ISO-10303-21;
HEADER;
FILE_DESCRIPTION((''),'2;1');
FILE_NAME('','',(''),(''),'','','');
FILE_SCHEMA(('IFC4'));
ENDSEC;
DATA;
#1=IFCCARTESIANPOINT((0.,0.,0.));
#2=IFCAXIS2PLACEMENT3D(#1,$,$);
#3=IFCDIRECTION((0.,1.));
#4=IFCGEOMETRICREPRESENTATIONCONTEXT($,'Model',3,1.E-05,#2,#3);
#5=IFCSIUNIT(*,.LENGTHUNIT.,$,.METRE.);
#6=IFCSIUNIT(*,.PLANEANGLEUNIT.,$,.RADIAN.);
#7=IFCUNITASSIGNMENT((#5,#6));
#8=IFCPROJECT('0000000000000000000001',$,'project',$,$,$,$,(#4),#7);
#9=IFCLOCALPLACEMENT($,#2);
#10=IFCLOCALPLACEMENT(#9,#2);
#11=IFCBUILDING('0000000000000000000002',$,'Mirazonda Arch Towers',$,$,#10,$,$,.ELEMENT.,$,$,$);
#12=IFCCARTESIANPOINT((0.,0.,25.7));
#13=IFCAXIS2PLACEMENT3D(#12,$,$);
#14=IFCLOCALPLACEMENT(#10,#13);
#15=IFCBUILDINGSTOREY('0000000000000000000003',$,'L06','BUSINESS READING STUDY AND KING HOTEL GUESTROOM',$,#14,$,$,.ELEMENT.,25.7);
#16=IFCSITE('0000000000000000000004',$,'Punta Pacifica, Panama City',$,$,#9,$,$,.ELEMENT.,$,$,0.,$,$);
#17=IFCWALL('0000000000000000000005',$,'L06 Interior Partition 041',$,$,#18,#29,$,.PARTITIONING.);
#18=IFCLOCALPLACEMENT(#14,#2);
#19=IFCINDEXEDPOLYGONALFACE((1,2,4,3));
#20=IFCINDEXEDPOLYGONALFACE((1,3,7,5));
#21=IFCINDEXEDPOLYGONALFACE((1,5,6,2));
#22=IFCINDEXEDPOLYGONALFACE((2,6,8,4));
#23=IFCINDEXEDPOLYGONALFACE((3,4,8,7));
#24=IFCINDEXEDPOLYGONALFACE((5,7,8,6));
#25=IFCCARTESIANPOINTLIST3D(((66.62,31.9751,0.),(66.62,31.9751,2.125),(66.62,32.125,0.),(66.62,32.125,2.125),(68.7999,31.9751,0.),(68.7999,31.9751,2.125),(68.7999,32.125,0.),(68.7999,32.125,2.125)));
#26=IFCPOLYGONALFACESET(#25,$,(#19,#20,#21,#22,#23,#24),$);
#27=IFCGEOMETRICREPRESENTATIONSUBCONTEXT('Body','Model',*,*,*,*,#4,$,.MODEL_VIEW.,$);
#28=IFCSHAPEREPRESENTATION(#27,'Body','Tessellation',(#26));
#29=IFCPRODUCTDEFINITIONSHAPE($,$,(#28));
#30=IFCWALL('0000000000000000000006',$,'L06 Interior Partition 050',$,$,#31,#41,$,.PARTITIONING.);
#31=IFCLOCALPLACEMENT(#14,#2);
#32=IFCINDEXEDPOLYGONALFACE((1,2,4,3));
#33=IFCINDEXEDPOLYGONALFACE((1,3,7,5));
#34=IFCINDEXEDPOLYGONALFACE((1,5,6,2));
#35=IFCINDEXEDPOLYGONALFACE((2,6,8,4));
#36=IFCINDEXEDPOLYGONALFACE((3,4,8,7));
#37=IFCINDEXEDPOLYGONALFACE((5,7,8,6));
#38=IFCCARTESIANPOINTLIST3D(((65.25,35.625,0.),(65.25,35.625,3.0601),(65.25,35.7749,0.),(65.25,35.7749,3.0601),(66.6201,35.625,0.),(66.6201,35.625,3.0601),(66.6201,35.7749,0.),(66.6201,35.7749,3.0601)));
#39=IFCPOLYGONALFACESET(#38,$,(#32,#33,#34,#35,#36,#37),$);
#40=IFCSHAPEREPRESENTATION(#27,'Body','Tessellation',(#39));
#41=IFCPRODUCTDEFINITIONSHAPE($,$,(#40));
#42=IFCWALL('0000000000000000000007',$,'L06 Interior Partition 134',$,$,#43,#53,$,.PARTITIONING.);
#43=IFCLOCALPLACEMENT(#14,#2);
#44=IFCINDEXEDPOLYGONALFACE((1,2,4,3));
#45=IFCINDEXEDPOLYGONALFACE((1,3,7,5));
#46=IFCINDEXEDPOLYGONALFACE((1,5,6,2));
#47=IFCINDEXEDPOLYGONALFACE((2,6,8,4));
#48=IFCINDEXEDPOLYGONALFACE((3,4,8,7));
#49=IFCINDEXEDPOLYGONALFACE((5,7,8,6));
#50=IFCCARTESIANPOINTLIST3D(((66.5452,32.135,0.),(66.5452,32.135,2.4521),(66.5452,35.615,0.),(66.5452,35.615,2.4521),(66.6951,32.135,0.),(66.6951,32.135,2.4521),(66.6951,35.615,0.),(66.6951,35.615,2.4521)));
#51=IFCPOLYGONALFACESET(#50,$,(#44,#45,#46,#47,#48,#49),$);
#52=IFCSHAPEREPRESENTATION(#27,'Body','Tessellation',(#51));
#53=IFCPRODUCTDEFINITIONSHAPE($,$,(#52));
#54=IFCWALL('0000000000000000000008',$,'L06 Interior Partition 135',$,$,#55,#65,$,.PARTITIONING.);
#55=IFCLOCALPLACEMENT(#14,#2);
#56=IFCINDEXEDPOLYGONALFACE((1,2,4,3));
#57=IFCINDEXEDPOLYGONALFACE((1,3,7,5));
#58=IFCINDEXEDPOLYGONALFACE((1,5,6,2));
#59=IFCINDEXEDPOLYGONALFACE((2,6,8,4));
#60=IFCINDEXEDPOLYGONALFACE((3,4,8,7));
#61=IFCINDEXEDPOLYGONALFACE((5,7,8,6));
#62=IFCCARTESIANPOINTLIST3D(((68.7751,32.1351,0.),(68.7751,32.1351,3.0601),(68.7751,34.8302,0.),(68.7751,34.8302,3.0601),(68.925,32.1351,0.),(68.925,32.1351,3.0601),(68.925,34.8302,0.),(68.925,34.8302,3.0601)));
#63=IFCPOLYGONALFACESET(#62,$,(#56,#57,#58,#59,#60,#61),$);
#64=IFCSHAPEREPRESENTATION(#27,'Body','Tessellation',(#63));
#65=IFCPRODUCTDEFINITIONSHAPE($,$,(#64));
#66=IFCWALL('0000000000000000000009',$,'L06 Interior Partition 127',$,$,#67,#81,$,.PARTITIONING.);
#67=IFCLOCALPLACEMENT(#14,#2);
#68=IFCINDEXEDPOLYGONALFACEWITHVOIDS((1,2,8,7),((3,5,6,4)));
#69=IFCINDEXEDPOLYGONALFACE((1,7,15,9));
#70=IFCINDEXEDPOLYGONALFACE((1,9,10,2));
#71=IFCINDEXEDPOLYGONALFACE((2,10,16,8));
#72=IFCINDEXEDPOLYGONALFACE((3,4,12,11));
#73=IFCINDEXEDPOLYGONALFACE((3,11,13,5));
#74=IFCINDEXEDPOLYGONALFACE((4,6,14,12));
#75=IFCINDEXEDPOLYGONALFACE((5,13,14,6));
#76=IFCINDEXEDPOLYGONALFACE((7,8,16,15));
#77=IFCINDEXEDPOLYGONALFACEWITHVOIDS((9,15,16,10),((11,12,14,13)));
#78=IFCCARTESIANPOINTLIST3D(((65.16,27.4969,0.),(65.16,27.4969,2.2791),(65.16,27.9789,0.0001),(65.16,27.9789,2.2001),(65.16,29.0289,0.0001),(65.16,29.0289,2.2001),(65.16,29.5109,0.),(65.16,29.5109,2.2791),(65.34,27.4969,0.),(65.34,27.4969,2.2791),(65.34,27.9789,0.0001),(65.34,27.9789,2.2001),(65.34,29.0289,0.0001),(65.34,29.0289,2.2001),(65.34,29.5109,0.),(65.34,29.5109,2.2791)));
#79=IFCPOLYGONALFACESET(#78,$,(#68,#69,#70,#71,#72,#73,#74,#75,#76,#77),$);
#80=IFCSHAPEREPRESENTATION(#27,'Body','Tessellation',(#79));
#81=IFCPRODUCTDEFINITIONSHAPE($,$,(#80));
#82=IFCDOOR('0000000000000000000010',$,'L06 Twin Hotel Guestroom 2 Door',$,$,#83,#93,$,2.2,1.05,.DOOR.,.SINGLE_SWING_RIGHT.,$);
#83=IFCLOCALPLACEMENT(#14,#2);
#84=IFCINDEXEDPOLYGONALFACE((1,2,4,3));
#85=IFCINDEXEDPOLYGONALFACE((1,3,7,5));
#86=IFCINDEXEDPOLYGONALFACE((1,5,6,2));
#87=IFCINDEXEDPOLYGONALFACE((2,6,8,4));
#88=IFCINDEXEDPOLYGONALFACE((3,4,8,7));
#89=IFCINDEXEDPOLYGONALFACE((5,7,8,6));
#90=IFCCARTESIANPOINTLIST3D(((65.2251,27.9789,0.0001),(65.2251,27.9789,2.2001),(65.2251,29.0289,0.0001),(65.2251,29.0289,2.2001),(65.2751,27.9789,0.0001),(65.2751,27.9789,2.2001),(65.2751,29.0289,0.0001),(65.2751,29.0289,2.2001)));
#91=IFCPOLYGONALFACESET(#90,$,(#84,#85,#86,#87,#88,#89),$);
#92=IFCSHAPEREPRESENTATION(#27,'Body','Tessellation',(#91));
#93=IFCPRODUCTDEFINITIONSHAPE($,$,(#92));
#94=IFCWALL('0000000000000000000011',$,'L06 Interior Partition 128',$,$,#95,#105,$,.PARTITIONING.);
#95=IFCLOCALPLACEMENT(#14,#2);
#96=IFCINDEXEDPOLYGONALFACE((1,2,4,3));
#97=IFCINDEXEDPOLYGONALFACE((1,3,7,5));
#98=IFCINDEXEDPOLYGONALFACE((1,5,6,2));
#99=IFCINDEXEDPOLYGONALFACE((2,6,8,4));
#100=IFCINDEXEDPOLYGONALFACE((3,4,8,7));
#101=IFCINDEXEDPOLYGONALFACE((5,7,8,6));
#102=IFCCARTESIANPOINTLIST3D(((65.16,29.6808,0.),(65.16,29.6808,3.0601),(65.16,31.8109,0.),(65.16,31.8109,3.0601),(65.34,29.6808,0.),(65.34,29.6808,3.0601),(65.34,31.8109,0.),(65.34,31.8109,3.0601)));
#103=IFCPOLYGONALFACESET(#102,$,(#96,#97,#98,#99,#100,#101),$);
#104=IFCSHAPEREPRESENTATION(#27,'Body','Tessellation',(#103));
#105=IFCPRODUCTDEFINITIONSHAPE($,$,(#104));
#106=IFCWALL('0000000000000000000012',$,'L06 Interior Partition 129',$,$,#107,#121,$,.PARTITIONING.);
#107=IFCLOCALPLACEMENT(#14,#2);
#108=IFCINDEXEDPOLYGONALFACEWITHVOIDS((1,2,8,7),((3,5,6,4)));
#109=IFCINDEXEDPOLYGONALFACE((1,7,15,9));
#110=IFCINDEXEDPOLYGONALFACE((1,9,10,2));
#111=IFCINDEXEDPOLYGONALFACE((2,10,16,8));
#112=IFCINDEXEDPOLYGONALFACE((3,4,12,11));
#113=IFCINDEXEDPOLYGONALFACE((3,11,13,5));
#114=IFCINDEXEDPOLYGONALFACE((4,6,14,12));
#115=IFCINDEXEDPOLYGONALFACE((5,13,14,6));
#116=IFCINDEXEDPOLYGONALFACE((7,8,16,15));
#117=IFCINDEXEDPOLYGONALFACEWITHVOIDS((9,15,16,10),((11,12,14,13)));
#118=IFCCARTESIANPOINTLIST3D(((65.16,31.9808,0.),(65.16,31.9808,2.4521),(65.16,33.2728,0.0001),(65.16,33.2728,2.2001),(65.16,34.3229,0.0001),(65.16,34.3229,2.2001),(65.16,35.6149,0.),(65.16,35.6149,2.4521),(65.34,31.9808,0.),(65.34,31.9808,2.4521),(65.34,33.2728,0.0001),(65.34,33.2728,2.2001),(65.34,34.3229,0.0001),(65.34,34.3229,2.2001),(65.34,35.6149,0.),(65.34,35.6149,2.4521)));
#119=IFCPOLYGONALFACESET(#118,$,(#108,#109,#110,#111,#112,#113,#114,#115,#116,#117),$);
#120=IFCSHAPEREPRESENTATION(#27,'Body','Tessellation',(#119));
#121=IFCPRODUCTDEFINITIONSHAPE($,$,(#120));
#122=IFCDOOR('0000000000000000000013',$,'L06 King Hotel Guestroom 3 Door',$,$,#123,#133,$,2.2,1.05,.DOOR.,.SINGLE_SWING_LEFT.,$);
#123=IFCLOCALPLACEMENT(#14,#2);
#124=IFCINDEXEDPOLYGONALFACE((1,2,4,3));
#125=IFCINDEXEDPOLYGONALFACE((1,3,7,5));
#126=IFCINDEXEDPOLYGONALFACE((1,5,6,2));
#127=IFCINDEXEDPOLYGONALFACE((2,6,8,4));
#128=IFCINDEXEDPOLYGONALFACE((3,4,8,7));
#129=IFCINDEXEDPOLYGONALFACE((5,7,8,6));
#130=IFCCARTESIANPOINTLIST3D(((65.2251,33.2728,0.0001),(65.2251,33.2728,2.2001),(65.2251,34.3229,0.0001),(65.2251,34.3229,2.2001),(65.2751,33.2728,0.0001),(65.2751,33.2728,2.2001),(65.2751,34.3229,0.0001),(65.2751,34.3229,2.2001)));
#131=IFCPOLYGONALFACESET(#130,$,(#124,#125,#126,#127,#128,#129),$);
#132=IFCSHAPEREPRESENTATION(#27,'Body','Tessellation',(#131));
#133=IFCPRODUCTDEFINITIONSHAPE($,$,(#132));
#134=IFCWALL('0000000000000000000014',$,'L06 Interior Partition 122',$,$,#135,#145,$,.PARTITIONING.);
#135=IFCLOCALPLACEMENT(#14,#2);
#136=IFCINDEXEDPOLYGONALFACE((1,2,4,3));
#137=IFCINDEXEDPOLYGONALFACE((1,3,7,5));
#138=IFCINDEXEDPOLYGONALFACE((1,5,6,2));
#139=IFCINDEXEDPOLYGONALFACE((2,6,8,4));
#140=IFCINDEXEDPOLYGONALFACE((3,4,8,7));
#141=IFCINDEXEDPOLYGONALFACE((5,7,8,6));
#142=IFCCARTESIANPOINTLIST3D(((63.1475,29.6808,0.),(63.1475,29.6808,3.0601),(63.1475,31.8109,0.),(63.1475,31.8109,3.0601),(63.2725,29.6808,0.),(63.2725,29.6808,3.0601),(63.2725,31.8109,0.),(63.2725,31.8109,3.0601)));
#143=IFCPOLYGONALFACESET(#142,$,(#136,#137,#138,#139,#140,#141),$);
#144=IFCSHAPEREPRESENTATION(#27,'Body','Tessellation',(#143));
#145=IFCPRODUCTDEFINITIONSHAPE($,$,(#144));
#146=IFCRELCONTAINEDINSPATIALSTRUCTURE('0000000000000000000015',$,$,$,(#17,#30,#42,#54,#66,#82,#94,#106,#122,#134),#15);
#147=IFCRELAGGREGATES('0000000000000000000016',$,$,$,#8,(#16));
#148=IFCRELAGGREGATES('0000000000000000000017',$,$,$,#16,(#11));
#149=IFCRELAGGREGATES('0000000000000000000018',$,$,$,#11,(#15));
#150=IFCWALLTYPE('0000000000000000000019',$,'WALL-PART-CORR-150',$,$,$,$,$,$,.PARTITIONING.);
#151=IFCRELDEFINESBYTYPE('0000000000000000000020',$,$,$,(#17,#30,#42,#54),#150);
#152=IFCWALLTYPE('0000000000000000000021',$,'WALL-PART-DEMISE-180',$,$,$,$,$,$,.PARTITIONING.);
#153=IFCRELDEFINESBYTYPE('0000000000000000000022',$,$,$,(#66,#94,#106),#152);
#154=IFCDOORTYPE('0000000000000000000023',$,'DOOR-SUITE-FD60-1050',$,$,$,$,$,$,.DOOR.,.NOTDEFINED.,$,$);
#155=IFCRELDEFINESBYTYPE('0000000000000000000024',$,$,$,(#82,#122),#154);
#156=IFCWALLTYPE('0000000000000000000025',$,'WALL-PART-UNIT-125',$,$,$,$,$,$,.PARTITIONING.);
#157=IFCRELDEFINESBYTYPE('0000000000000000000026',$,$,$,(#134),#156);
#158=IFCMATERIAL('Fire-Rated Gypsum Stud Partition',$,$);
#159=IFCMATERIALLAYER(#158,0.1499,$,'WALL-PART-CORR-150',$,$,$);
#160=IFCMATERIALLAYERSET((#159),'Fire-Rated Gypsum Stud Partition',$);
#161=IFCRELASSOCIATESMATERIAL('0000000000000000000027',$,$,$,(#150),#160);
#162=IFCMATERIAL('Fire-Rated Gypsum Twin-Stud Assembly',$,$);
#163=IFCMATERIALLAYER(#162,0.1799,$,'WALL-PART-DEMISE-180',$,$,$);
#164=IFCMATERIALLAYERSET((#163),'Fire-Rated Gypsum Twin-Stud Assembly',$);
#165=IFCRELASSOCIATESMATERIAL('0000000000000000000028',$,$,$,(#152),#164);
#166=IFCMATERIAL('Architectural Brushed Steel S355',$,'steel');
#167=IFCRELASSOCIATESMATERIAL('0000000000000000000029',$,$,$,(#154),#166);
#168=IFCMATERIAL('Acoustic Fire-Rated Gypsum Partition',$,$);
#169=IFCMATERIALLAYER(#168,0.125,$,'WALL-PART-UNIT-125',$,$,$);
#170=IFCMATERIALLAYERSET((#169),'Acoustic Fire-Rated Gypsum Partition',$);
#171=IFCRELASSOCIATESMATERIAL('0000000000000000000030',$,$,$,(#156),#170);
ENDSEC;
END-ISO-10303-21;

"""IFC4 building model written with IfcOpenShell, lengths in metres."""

from ifc_helpers import new_model, si_unit, direction, frame, frame_2d, origin, place, context, subcontext, project, spatial, rectangle, extrude, material, layer, layer_set, type_object, element, fill, save


model = new_model("IFC4")

# Units and contexts
model_context = context("Model", 3, precision=1e-05, world=origin(), true_north=direction((0.0, 1.0)))
body_context = subcontext(model_context, "Body", "Model", "MODEL_VIEW")
ifc_project = project(units=[si_unit("LENGTHUNIT", "METRE"), si_unit("PLANEANGLEUNIT", "RADIAN")], contexts=[model_context])

# Site, building, storey
site_placement = place(None, origin())
site = spatial("IfcSite", under=ifc_project, at=site_placement, Name="Punta Pacifica, Panama City", CompositionType="ELEMENT", RefElevation=0.0)
building_placement = place(site_placement, origin())
building = spatial("IfcBuilding", under=site, at=building_placement, Name="Mirazonda Arch Towers", CompositionType="ELEMENT")
storey_placement = place(building_placement, frame((0.0, 0.0, 25.7)))
storey = spatial("IfcBuildingStorey", under=building, at=storey_placement, Name="L06", Description="BUSINESS READING STUDY AND KING HOTEL GUESTROOM", CompositionType="ELEMENT", Elevation=25.7)

# Shared definitions
ifc_material_1 = material(Name="Architectural Brushed Steel S355", Category="steel")
ifc_material_2 = material(Name="Fire-Rated Gypsum Stud Partition")
ifc_layer_1 = layer(ifc_material_2, 0.1499, Name="WALL-PART-CORR-150")
ifc_layer_set_1 = layer_set([ifc_layer_1], Name="Fire-Rated Gypsum Stud Partition")
wall_type_1 = type_object("IfcWallType", Name="WALL-PART-CORR-150", PredefinedType="PARTITIONING", material=ifc_layer_set_1)

# Walls
wall_1_placement = place(storey_placement, frame((66.6201, 32.05, 0.0), z_axis=(0.0, 0.0, 1.0), x_axis=(1.0, 0.0, 0.0)))
element("IfcWall", 1, at=wall_1_placement, inside=storey, type_object=wall_type_1, Name="L06 Interior Partition 041", PredefinedType="PARTITIONING", context=body_context, shape_type="SweptSolid", body=[
    extrude(rectangle(XDim=2.1799, YDim=0.1499, at=frame_2d((1.0898, 0.0))), origin(), (0.0, 0.0, 1.0), 2.125),
])
wall_2_placement = place(storey_placement, frame((65.25, 35.7, 0.0), z_axis=(0.0, 0.0, 1.0), x_axis=(1.0, 0.0, 0.0)))
element("IfcWall", 2, at=wall_2_placement, inside=storey, type_object=wall_type_1, Name="L06 Interior Partition 050", PredefinedType="PARTITIONING", context=body_context, shape_type="SweptSolid", body=[
    extrude(rectangle(XDim=1.3701, YDim=0.1499, at=frame_2d((0.6851, 0.0))), origin(), (0.0, 0.0, 1.0), 3.0601),
])
wall_3_placement = place(storey_placement, frame((66.6201, 32.135, 0.0), z_axis=(0.0, 0.0, 1.0), x_axis=(0.0, 1.0, 0.0)))
element("IfcWall", 3, at=wall_3_placement, inside=storey, type_object=wall_type_1, Name="L06 Interior Partition 134", PredefinedType="PARTITIONING", context=body_context, shape_type="SweptSolid", body=[
    extrude(rectangle(XDim=3.48, YDim=0.1499, at=frame_2d((1.74, 0.0))), origin(), (0.0, 0.0, 1.0), 2.4521),
])
wall_4_placement = place(storey_placement, frame((68.8501, 32.135, 0.0), z_axis=(0.0, 0.0, 1.0), x_axis=(0.0, 1.0, 0.0)))
element("IfcWall", 4, at=wall_4_placement, inside=storey, type_object=wall_type_1, Name="L06 Interior Partition 135", PredefinedType="PARTITIONING", context=body_context, shape_type="SweptSolid", body=[
    extrude(rectangle(XDim=2.6951, YDim=0.1499, at=frame_2d((1.3477, 0.0))), origin(), (0.0, 0.0, 1.0), 3.0601),
])

# Wall, opening, door
ifc_material_3 = material(Name="Fire-Rated Gypsum Twin-Stud Assembly")
ifc_layer_2 = layer(ifc_material_3, 0.1799, Name="WALL-PART-DEMISE-180")
ifc_layer_set_2 = layer_set([ifc_layer_2], Name="Fire-Rated Gypsum Twin-Stud Assembly")
wall_type_2 = type_object("IfcWallType", Name="WALL-PART-DEMISE-180", PredefinedType="PARTITIONING", material=ifc_layer_set_2)
wall_5_placement = place(storey_placement, frame((65.25, 27.4971, 0.0), z_axis=(0.0, 0.0, 1.0), x_axis=(0.0, 1.0, 0.0)))
wall_5 = element("IfcWall", 5, at=wall_5_placement, inside=storey, type_object=wall_type_2, Name="L06 Interior Partition 127", PredefinedType="PARTITIONING", context=body_context, shape_type="SweptSolid", body=[
    extrude(rectangle(XDim=2.0139, YDim=0.1799, at=frame_2d((1.0068, 0.0))), origin(), (0.0, 0.0, 1.0), 2.2791),
])
opening_1_placement = place(wall_5_placement, frame((0.4819, 0.0, 0.0)))
opening_1 = element("IfcOpeningElement", 6, at=opening_1_placement, cuts=wall_5, PredefinedType="OPENING", context=body_context, shape_type="SweptSolid", body=[
    extrude(rectangle(XDim=1.05, YDim=2.2, at=frame_2d((0.5249, 1.1001))), frame((0.0, 0.0999, 0.0), z_axis=(0.0, -1.0, 0.0), x_axis=(1.0, 0.0, 0.0)), (0.0, 0.0, 1.0), 0.2),
])
door_type_1 = type_object("IfcDoorType", Name="DOOR-SUITE-FD60-1050", OperationType="NOTDEFINED", PredefinedType="DOOR", material=ifc_material_1)
door_1_placement = place(opening_1_placement, origin())
door_1 = element("IfcDoor", 7, at=door_1_placement, inside=storey, type_object=door_type_1, Name="L06 Twin Hotel Guestroom 2 Door", OperationType="SINGLE_SWING_RIGHT", OverallHeight=2.2, OverallWidth=1.05, PredefinedType="DOOR", context=body_context, shape_type="SweptSolid", body=[
    extrude(rectangle(XDim=1.05, YDim=2.2, at=frame_2d((0.5249, 1.1001))), frame((0.0, 0.0249, 0.0), z_axis=(0.0, -1.0, 0.0), x_axis=(1.0, 0.0, 0.0)), (0.0, 0.0, 1.0), 0.05),
])
fill(opening_1, door_1)

# Wall
wall_6_placement = place(storey_placement, frame((65.25, 29.6809, 0.0), z_axis=(0.0, 0.0, 1.0), x_axis=(0.0, 1.0, 0.0)))
element("IfcWall", 8, at=wall_6_placement, inside=storey, type_object=wall_type_2, Name="L06 Interior Partition 128", PredefinedType="PARTITIONING", context=body_context, shape_type="SweptSolid", body=[
    extrude(rectangle(XDim=2.1301, YDim=0.1799, at=frame_2d((1.0649, 0.0))), origin(), (0.0, 0.0, 1.0), 3.0601),
])

# Wall, opening, door
wall_7_placement = place(storey_placement, frame((65.25, 31.981, 0.0), z_axis=(0.0, 0.0, 1.0), x_axis=(0.0, 1.0, 0.0)))
wall_7 = element("IfcWall", 9, at=wall_7_placement, inside=storey, type_object=wall_type_2, Name="L06 Interior Partition 129", PredefinedType="PARTITIONING", context=body_context, shape_type="SweptSolid", body=[
    extrude(rectangle(XDim=3.634, YDim=0.1799, at=frame_2d((1.8169, 0.0))), origin(), (0.0, 0.0, 1.0), 2.4521),
])
opening_2_placement = place(wall_7_placement, frame((1.292, 0.0, 0.0)))
opening_2 = element("IfcOpeningElement", 10, at=opening_2_placement, cuts=wall_7, PredefinedType="OPENING", context=body_context, shape_type="SweptSolid", body=[
    extrude(rectangle(XDim=1.05, YDim=2.2, at=frame_2d((0.5249, 1.1001))), frame((0.0, 0.0999, 0.0), z_axis=(0.0, -1.0, 0.0), x_axis=(1.0, 0.0, 0.0)), (0.0, 0.0, 1.0), 0.2),
])
door_2_placement = place(opening_2_placement, origin())
door_2 = element("IfcDoor", 11, at=door_2_placement, inside=storey, type_object=door_type_1, Name="L06 King Hotel Guestroom 3 Door", OperationType="SINGLE_SWING_LEFT", OverallHeight=2.2, OverallWidth=1.05, PredefinedType="DOOR", context=body_context, shape_type="SweptSolid", body=[
    extrude(rectangle(XDim=1.05, YDim=2.2, at=frame_2d((0.5249, 1.1001))), frame((0.0, 0.0249, 0.0), z_axis=(0.0, -1.0, 0.0), x_axis=(1.0, 0.0, 0.0)), (0.0, 0.0, 1.0), 0.05),
])
fill(opening_2, door_2)

# Wall
ifc_material_4 = material(Name="Acoustic Fire-Rated Gypsum Partition")
ifc_layer_3 = layer(ifc_material_4, 0.125, Name="WALL-PART-UNIT-125")
ifc_layer_set_3 = layer_set([ifc_layer_3], Name="Acoustic Fire-Rated Gypsum Partition")
wall_type_3 = type_object("IfcWallType", Name="WALL-PART-UNIT-125", PredefinedType="PARTITIONING", material=ifc_layer_set_3)
wall_8_placement = place(storey_placement, frame((63.21, 29.6809, 0.0), z_axis=(0.0, 0.0, 1.0), x_axis=(0.0, 1.0, 0.0)))
element("IfcWall", 12, at=wall_8_placement, inside=storey, type_object=wall_type_3, Name="L06 Interior Partition 122", PredefinedType="PARTITIONING", context=body_context, shape_type="SweptSolid", body=[
    extrude(rectangle(XDim=2.1301, YDim=0.125, at=frame_2d((1.0649, 0.0))), origin(), (0.0, 0.0, 1.0), 3.0601),
])

save(model, "model.ifc")
